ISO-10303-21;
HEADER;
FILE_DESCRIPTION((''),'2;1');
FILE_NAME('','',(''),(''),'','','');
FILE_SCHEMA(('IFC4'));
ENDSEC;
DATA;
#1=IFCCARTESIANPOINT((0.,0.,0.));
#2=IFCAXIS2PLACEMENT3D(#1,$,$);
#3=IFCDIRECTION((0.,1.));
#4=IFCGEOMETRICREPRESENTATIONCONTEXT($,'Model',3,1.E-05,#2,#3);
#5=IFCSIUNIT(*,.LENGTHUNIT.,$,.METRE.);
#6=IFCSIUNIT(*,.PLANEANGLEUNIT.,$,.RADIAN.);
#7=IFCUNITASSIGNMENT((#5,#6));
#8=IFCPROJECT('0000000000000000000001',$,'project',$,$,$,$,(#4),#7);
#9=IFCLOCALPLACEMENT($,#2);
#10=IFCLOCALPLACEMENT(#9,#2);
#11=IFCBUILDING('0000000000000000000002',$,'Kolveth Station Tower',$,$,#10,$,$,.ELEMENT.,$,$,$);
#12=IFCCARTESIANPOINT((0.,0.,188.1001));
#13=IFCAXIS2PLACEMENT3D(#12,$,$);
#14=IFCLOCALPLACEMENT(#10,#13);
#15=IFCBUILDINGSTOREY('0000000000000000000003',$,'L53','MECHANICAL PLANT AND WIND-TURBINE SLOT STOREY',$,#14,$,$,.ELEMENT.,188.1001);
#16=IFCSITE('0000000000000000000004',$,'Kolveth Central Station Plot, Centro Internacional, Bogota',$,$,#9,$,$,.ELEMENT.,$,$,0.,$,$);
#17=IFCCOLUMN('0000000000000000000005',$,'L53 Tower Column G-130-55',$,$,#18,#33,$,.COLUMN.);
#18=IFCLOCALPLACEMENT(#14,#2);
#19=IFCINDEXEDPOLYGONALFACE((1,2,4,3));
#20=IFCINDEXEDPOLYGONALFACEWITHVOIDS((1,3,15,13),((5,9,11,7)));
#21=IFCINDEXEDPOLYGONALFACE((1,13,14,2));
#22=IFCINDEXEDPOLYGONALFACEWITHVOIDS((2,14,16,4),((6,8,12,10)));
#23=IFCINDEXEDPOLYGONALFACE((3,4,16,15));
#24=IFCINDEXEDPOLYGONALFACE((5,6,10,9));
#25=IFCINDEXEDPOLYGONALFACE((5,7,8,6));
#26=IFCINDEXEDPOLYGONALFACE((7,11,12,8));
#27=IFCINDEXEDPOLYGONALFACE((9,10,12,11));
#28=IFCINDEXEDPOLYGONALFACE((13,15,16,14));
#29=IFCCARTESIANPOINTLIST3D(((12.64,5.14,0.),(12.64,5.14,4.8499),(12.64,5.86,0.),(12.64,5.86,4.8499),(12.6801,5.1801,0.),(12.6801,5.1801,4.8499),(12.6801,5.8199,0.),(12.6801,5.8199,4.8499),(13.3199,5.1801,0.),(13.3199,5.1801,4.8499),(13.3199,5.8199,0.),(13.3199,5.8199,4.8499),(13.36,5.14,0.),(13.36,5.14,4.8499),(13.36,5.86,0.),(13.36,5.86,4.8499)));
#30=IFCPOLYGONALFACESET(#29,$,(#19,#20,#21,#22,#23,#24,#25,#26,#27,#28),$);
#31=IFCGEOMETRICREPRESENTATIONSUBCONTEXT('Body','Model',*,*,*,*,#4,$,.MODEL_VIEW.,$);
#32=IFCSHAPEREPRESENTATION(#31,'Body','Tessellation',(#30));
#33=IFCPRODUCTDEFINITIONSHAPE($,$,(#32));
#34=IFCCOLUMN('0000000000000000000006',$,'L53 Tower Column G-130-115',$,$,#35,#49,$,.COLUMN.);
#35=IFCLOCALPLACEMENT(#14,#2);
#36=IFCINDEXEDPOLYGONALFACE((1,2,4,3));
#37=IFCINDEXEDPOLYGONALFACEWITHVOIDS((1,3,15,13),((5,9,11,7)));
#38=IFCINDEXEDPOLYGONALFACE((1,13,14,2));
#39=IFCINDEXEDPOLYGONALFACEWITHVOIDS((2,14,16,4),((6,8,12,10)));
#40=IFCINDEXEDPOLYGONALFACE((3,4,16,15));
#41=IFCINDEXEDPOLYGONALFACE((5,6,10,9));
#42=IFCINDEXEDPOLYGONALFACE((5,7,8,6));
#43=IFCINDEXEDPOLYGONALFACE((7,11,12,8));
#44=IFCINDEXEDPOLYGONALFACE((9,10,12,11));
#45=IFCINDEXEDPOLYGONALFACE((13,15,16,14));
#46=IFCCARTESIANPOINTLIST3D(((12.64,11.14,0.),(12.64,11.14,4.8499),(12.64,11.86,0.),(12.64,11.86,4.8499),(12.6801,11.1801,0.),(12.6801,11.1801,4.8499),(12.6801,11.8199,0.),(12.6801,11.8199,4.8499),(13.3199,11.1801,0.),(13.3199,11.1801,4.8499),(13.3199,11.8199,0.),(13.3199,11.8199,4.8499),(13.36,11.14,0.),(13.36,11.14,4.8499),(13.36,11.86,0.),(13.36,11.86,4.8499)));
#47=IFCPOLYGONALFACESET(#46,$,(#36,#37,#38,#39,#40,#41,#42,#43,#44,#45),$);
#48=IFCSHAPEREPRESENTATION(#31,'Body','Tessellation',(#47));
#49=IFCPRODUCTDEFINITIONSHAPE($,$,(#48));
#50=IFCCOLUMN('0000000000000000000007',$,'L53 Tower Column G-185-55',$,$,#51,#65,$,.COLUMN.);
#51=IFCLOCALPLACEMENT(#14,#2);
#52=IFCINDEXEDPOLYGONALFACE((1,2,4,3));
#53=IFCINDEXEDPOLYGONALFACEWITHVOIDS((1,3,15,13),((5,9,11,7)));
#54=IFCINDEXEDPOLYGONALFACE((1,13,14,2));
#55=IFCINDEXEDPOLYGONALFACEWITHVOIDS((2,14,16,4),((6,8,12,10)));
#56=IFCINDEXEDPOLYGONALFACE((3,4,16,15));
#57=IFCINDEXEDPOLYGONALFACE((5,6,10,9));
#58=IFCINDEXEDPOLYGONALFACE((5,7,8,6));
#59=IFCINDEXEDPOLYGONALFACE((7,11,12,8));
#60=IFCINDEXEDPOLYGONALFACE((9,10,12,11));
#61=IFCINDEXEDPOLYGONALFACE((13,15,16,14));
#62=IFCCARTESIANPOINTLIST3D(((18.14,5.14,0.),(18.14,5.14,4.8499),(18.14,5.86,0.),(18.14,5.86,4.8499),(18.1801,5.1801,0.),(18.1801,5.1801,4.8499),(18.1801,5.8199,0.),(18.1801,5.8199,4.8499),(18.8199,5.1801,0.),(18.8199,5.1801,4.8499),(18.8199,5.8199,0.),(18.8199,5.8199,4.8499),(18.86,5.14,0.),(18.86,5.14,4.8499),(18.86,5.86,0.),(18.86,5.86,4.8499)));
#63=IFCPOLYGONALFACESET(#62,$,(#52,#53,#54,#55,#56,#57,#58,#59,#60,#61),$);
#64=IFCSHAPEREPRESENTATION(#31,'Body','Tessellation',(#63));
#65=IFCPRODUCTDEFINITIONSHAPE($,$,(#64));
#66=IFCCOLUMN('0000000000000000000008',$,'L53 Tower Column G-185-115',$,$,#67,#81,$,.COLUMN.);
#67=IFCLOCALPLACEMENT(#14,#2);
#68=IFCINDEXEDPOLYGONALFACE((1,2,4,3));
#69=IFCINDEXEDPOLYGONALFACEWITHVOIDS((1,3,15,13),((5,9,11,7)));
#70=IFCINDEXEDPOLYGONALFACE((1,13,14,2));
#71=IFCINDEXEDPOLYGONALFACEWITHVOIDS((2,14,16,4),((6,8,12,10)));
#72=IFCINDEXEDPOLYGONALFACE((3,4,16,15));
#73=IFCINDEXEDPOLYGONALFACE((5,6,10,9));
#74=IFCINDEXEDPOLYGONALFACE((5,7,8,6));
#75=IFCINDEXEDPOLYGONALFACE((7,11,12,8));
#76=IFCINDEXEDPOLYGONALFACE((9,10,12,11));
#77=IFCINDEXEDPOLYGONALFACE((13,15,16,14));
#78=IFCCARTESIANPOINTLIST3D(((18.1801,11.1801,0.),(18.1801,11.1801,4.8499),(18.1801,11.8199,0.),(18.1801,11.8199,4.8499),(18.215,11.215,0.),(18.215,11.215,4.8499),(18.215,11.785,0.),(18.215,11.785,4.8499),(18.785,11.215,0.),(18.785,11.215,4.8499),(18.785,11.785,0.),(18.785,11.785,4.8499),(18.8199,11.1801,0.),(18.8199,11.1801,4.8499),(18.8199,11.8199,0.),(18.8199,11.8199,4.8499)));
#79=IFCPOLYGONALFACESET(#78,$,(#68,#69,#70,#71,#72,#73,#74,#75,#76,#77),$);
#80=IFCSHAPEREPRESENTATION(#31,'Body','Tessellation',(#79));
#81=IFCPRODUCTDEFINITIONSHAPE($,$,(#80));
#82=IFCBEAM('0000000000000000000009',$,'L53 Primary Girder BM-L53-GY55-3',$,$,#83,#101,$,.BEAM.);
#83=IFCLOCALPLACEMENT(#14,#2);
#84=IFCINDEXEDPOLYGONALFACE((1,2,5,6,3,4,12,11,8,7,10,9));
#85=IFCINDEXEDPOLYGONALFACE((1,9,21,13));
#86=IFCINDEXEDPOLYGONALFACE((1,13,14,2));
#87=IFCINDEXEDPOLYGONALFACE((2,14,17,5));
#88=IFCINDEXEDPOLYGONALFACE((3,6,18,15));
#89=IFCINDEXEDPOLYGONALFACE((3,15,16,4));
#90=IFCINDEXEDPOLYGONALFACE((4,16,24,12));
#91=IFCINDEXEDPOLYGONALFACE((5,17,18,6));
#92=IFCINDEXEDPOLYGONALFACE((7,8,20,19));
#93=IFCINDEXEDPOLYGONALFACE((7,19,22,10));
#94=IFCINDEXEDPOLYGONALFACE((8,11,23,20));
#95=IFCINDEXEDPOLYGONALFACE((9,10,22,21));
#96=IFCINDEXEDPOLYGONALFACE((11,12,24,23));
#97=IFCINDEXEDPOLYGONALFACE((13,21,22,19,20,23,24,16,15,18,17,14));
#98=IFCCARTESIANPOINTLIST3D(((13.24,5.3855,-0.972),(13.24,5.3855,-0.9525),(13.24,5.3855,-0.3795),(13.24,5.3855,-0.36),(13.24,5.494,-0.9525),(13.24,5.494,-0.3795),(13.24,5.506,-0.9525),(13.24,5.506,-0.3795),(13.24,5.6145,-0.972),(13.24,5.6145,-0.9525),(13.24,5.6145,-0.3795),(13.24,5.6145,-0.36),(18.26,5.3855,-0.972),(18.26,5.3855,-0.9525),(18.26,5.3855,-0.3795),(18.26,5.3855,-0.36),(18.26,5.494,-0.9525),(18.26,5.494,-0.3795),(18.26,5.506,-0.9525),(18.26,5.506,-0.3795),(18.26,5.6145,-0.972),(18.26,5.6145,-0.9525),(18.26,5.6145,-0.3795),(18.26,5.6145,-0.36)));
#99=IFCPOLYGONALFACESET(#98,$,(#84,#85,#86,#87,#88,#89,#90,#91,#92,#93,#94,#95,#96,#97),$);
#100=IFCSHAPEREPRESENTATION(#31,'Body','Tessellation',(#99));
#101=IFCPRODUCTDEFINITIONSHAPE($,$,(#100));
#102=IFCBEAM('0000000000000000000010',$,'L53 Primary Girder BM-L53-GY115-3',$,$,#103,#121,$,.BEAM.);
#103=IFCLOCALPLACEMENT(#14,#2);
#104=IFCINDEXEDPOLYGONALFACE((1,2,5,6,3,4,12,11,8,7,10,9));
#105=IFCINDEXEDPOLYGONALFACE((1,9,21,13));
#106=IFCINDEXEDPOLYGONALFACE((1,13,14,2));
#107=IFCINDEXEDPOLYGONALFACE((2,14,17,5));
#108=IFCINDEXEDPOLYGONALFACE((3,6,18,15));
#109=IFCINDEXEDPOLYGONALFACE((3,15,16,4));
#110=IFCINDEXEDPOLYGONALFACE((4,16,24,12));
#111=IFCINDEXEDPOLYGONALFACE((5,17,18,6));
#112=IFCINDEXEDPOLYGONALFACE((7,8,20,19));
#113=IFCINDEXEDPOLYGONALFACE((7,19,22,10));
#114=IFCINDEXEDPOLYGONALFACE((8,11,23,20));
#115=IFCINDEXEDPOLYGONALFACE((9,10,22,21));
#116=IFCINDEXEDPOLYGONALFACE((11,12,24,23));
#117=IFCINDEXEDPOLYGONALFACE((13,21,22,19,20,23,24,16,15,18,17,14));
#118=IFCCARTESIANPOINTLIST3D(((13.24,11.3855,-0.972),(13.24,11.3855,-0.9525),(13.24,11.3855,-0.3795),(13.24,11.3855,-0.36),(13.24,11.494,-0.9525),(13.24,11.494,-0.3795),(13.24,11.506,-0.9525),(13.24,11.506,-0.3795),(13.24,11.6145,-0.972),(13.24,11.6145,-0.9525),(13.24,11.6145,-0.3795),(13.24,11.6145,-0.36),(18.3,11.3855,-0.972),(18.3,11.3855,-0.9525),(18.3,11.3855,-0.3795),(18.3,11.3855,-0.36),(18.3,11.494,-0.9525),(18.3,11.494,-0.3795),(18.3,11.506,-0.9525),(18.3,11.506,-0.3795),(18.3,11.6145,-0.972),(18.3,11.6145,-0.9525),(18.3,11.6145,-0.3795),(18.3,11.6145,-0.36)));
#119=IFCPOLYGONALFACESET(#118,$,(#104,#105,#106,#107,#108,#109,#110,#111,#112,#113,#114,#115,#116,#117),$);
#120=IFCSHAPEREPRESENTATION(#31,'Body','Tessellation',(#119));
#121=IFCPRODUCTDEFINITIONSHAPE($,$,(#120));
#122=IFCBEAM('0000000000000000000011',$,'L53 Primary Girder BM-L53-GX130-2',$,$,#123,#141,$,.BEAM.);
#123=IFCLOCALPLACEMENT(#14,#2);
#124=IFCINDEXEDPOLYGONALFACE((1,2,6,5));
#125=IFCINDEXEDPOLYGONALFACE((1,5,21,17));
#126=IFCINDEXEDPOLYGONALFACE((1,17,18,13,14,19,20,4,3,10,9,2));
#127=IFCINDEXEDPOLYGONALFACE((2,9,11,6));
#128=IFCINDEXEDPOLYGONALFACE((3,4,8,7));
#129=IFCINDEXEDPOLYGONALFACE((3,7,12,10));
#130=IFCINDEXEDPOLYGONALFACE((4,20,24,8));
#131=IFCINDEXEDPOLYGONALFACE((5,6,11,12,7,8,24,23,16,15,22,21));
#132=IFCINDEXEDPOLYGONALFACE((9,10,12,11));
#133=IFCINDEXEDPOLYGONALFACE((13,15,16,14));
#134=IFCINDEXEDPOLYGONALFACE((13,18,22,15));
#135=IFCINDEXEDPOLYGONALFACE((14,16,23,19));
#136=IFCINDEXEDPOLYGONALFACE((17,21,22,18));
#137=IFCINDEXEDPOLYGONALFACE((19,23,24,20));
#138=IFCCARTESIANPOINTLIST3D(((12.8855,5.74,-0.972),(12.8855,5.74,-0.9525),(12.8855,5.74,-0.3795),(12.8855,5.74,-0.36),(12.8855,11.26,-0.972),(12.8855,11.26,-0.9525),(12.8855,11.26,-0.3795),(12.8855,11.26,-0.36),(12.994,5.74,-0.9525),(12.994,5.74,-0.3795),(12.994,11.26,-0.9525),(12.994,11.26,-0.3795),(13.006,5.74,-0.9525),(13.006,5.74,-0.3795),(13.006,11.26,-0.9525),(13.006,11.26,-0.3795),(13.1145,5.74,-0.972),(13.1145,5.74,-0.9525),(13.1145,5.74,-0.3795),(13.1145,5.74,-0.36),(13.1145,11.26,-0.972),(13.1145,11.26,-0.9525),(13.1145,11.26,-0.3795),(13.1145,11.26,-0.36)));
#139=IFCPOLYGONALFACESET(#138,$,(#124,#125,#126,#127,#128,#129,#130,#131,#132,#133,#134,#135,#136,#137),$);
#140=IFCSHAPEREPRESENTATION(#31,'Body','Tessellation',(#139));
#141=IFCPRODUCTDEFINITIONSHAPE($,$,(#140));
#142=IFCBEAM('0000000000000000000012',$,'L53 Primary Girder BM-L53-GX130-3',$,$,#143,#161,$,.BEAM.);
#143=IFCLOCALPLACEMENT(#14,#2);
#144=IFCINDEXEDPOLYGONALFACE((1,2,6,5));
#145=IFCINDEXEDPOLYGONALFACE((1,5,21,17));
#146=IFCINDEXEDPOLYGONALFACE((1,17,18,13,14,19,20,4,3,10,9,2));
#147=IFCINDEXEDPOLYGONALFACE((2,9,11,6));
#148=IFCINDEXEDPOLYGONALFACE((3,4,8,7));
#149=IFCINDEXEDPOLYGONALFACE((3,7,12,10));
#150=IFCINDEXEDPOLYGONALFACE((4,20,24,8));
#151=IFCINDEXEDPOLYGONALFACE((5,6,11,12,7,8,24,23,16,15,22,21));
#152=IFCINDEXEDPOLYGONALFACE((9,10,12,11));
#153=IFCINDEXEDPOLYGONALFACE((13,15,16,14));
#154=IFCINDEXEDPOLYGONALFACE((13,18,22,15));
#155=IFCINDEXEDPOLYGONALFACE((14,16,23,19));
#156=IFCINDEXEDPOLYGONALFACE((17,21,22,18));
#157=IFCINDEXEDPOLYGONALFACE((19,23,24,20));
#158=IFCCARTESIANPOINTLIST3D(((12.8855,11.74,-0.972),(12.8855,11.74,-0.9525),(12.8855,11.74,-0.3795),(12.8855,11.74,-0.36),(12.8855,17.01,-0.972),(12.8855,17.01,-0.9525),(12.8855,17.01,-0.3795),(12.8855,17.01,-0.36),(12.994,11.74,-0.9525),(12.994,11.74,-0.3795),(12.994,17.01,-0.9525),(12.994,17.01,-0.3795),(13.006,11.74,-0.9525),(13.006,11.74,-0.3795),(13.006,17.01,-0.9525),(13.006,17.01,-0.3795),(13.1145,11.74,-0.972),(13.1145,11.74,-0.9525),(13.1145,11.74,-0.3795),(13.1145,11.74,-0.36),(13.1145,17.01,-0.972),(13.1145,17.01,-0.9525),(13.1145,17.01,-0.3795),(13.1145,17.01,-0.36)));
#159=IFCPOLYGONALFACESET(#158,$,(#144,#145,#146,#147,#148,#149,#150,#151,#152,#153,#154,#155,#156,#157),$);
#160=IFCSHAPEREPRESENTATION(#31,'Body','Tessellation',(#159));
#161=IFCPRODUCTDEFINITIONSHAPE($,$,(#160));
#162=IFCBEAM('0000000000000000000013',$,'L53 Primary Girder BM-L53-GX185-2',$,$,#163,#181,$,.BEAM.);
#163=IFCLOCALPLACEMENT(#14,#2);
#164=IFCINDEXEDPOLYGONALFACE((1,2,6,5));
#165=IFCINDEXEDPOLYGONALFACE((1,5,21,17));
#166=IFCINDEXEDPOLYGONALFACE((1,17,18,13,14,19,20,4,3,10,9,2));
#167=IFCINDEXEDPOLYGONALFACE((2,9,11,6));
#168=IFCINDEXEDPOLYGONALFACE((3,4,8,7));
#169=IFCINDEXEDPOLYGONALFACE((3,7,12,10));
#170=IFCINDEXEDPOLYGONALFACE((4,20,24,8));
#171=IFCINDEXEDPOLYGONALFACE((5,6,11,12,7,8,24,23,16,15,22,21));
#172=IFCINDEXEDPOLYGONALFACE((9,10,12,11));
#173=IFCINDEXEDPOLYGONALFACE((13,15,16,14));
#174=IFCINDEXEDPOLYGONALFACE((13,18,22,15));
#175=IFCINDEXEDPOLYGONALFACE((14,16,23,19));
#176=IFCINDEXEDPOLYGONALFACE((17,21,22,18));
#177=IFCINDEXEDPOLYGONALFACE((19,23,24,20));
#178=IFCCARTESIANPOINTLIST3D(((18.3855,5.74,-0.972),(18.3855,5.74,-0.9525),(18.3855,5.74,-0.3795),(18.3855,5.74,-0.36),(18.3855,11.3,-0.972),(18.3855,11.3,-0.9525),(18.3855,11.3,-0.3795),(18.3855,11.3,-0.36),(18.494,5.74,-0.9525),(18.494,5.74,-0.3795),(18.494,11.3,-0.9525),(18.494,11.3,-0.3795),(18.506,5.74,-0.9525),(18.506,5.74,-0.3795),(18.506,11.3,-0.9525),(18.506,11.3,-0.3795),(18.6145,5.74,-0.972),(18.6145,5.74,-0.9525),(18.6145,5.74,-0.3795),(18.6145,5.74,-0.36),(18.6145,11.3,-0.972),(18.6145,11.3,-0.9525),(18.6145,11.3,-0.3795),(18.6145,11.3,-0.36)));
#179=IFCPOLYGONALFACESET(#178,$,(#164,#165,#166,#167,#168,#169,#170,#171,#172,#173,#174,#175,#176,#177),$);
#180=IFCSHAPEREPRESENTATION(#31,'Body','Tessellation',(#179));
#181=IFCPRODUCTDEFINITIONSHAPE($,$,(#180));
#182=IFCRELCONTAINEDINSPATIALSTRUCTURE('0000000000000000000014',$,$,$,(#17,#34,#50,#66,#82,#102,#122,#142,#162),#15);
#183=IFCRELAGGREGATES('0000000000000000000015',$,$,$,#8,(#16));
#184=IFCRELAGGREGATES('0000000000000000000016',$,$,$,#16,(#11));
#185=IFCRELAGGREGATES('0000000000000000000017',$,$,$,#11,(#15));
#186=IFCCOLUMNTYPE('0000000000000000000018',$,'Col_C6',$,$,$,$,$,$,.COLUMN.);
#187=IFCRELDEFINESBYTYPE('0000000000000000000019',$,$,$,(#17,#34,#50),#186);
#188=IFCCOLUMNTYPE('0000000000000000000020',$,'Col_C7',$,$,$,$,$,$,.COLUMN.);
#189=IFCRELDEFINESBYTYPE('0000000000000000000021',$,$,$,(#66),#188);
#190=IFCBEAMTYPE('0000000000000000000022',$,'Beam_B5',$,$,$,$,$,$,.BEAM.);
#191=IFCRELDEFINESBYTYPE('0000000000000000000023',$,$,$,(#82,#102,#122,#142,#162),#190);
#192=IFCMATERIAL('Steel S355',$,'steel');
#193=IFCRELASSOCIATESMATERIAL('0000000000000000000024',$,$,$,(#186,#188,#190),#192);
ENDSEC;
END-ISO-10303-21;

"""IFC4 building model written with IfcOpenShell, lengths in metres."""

from ifc_helpers import new_model, si_unit, direction, frame, origin, origin_2d, place, context, subcontext, project, spatial, hollow_rectangle, i_section, extrude, source, transform, mapped, material, material_profile, profile_set, type_object, element, save


model = new_model("IFC4")

# Units and contexts
model_context = context("Model", 3, precision=1e-05, world=origin(), true_north=direction((0.0, 1.0)))
body_context = subcontext(model_context, "Body", "Model", "MODEL_VIEW")
ifc_project = project(units=[si_unit("LENGTHUNIT", "METRE"), si_unit("PLANEANGLEUNIT", "RADIAN")], contexts=[model_context])

# Site, building, storey
site_placement = place(None, origin())
site = spatial("IfcSite", under=ifc_project, at=site_placement, Name="Kolveth Central Station Plot, Centro Internacional, Bogota", CompositionType="ELEMENT", RefElevation=0.0)
building_placement = place(site_placement, origin())
building = spatial("IfcBuilding", under=site, at=building_placement, Name="Kolveth Station Tower", CompositionType="ELEMENT")
storey_placement = place(building_placement, frame((0.0, 0.0, 188.1001)))
storey = spatial("IfcBuildingStorey", under=building, at=storey_placement, Name="L53", Description="MECHANICAL PLANT AND WIND-TURBINE SLOT STOREY", CompositionType="ELEMENT", Elevation=188.1001)

# Columns
ifc_material_1 = material(Name="Steel S355", Category="steel")
ifc_material_profile_1 = material_profile(ifc_material_1, hollow_rectangle(XDim=0.72, YDim=0.72, WallThickness=0.04, at=origin_2d()), Name="BOX720x720x40")
ifc_profile_set_1 = profile_set([ifc_material_profile_1], Name="Steel S355")
column_type_1 = type_object("IfcColumnType", Name="Col_C6", PredefinedType="COLUMN", material=ifc_profile_set_1)
shared_shape_1 = source(origin(), body_context, "Body", "SweptSolid", [
    extrude(hollow_rectangle(XDim=0.72, YDim=0.72, WallThickness=0.04, at=origin_2d()), origin(), (0.0, 0.0, 1.0), 4.8499),
])
for number, where, z_axis, x_axis, name in (
    (1, (13.0, 5.5, 0.0), (0.0, 0.0, 1.0), (1.0, 0.0, 0.0), "L53 Tower Column G-130-55"),
    (2, (13.0, 11.5, 0.0), (0.0, 0.0, 1.0), (1.0, 0.0, 0.0), "L53 Tower Column G-130-115"),
    (3, (18.5, 5.5, 0.0), (0.0, 0.0, 1.0), (1.0, 0.0, 0.0), "L53 Tower Column G-185-55"),
):
    element("IfcColumn", number, at=place(storey_placement, frame(where, z_axis=z_axis, x_axis=x_axis)), inside=storey, type_object=column_type_1, Name=name, PredefinedType="COLUMN", context=body_context, shape_type="MappedRepresentation", body=[
        mapped(shared_shape_1, transform((0.0, 0.0, 0.0), x_axis=(1.0, 0.0, 0.0), y_axis=(0.0, 1.0, 0.0), z_axis=(0.0, 0.0, 1.0), scale=1.0)),
    ])
ifc_material_profile_2 = material_profile(ifc_material_1, hollow_rectangle(XDim=0.6399, YDim=0.6399, WallThickness=0.0349, at=origin_2d()), Name="BOX640x640x35")
ifc_profile_set_2 = profile_set([ifc_material_profile_2], Name="Steel S355")
column_type_2 = type_object("IfcColumnType", Name="Col_C7", PredefinedType="COLUMN", material=ifc_profile_set_2)
shared_shape_2 = source(origin(), body_context, "Body", "SweptSolid", [
    extrude(hollow_rectangle(XDim=0.6399, YDim=0.6399, WallThickness=0.0349, at=origin_2d()), origin(), (0.0, 0.0, 1.0), 4.8499),
])
column_placement = place(storey_placement, frame((18.5, 11.5, 0.0), z_axis=(0.0, 0.0, 1.0), x_axis=(1.0, 0.0, 0.0)))
element("IfcColumn", 4, at=column_placement, inside=storey, type_object=column_type_2, Name="L53 Tower Column G-185-115", PredefinedType="COLUMN", context=body_context, shape_type="MappedRepresentation", body=[
    mapped(shared_shape_2, transform((0.0, 0.0, 0.0), x_axis=(1.0, 0.0, 0.0), y_axis=(0.0, 1.0, 0.0), z_axis=(0.0, 0.0, 1.0), scale=1.0)),
])

# Beams
ifc_material_profile_3 = material_profile(ifc_material_1, i_section(OverallWidth=0.229, OverallDepth=0.6121, WebThickness=0.012, FlangeThickness=0.0195, at=origin_2d()), Name="W610x125")
ifc_profile_set_3 = profile_set([ifc_material_profile_3], Name="Steel S355")
beam_type_1 = type_object("IfcBeamType", Name="Beam_B5", PredefinedType="BEAM", material=ifc_profile_set_3)
shared_shape_3 = source(origin(), body_context, "Body", "SweptSolid", [
    extrude(i_section(OverallWidth=0.229, OverallDepth=0.6121, WebThickness=0.012, FlangeThickness=0.0195, at=origin_2d()), origin(), (0.0, 0.0, 1.0), 5.02),
])
beam_1_placement = place(storey_placement, frame((13.24, 5.5, -0.666), z_axis=(1.0, 0.0, 0.0), x_axis=(0.0, 1.0, 0.0)))
element("IfcBeam", 5, at=beam_1_placement, inside=storey, type_object=beam_type_1, Name="L53 Primary Girder BM-L53-GY55-3", PredefinedType="BEAM", context=body_context, shape_type="MappedRepresentation", body=[
    mapped(shared_shape_3, transform((0.0, 0.0, 0.0), x_axis=(1.0, 0.0, 0.0), y_axis=(0.0, 1.0, 0.0), z_axis=(0.0, 0.0, 1.0), scale=1.0)),
])
shared_shape_4 = source(origin(), body_context, "Body", "SweptSolid", [
    extrude(i_section(OverallWidth=0.229, OverallDepth=0.6121, WebThickness=0.012, FlangeThickness=0.0195, at=origin_2d()), origin(), (0.0, 0.0, 1.0), 5.0601),
])
beam_2_placement = place(storey_placement, frame((13.24, 11.5, -0.666), z_axis=(1.0, 0.0, 0.0), x_axis=(0.0, 1.0, 0.0)))
element("IfcBeam", 6, at=beam_2_placement, inside=storey, type_object=beam_type_1, Name="L53 Primary Girder BM-L53-GY115-3", PredefinedType="BEAM", context=body_context, shape_type="MappedRepresentation", body=[
    mapped(shared_shape_4, transform((0.0, 0.0, 0.0), x_axis=(1.0, 0.0, 0.0), y_axis=(0.0, 1.0, 0.0), z_axis=(0.0, 0.0, 1.0), scale=1.0)),
])
shared_shape_5 = source(origin(), body_context, "Body", "SweptSolid", [
    extrude(i_section(OverallWidth=0.229, OverallDepth=0.6121, WebThickness=0.012, FlangeThickness=0.0195, at=origin_2d()), origin(), (0.0, 0.0, 1.0), 5.52),
])
beam_3_placement = place(storey_placement, frame((13.0, 5.74, -0.666), z_axis=(0.0, 1.0, 0.0), x_axis=(-1.0, 0.0, 0.0)))
element("IfcBeam", 7, at=beam_3_placement, inside=storey, type_object=beam_type_1, Name="L53 Primary Girder BM-L53-GX130-2", PredefinedType="BEAM", context=body_context, shape_type="MappedRepresentation", body=[
    mapped(shared_shape_5, transform((0.0, 0.0, 0.0), x_axis=(1.0, 0.0, 0.0), y_axis=(0.0, 1.0, 0.0), z_axis=(0.0, 0.0, 1.0), scale=1.0)),
])
shared_shape_6 = source(origin(), body_context, "Body", "SweptSolid", [
    extrude(i_section(OverallWidth=0.229, OverallDepth=0.6121, WebThickness=0.012, FlangeThickness=0.0195, at=origin_2d()), origin(), (0.0, 0.0, 1.0), 5.27),
])
beam_4_placement = place(storey_placement, frame((13.0, 11.74, -0.666), z_axis=(0.0, 1.0, 0.0), x_axis=(-1.0, 0.0, 0.0)))
element("IfcBeam", 8, at=beam_4_placement, inside=storey, type_object=beam_type_1, Name="L53 Primary Girder BM-L53-GX130-3", PredefinedType="BEAM", context=body_context, shape_type="MappedRepresentation", body=[
    mapped(shared_shape_6, transform((0.0, 0.0, 0.0), x_axis=(1.0, 0.0, 0.0), y_axis=(0.0, 1.0, 0.0), z_axis=(0.0, 0.0, 1.0), scale=1.0)),
])
shared_shape_7 = source(origin(), body_context, "Body", "SweptSolid", [
    extrude(i_section(OverallWidth=0.229, OverallDepth=0.6121, WebThickness=0.012, FlangeThickness=0.0195, at=origin_2d()), origin(), (0.0, 0.0, 1.0), 5.5601),
])
beam_5_placement = place(storey_placement, frame((18.5, 5.74, -0.666), z_axis=(0.0, 1.0, 0.0), x_axis=(-1.0, 0.0, 0.0)))
element("IfcBeam", 9, at=beam_5_placement, inside=storey, type_object=beam_type_1, Name="L53 Primary Girder BM-L53-GX185-2", PredefinedType="BEAM", context=body_context, shape_type="MappedRepresentation", body=[
    mapped(shared_shape_7, transform((0.0, 0.0, 0.0), x_axis=(1.0, 0.0, 0.0), y_axis=(0.0, 1.0, 0.0), z_axis=(0.0, 0.0, 1.0), scale=1.0)),
])

save(model, "model.ifc")
